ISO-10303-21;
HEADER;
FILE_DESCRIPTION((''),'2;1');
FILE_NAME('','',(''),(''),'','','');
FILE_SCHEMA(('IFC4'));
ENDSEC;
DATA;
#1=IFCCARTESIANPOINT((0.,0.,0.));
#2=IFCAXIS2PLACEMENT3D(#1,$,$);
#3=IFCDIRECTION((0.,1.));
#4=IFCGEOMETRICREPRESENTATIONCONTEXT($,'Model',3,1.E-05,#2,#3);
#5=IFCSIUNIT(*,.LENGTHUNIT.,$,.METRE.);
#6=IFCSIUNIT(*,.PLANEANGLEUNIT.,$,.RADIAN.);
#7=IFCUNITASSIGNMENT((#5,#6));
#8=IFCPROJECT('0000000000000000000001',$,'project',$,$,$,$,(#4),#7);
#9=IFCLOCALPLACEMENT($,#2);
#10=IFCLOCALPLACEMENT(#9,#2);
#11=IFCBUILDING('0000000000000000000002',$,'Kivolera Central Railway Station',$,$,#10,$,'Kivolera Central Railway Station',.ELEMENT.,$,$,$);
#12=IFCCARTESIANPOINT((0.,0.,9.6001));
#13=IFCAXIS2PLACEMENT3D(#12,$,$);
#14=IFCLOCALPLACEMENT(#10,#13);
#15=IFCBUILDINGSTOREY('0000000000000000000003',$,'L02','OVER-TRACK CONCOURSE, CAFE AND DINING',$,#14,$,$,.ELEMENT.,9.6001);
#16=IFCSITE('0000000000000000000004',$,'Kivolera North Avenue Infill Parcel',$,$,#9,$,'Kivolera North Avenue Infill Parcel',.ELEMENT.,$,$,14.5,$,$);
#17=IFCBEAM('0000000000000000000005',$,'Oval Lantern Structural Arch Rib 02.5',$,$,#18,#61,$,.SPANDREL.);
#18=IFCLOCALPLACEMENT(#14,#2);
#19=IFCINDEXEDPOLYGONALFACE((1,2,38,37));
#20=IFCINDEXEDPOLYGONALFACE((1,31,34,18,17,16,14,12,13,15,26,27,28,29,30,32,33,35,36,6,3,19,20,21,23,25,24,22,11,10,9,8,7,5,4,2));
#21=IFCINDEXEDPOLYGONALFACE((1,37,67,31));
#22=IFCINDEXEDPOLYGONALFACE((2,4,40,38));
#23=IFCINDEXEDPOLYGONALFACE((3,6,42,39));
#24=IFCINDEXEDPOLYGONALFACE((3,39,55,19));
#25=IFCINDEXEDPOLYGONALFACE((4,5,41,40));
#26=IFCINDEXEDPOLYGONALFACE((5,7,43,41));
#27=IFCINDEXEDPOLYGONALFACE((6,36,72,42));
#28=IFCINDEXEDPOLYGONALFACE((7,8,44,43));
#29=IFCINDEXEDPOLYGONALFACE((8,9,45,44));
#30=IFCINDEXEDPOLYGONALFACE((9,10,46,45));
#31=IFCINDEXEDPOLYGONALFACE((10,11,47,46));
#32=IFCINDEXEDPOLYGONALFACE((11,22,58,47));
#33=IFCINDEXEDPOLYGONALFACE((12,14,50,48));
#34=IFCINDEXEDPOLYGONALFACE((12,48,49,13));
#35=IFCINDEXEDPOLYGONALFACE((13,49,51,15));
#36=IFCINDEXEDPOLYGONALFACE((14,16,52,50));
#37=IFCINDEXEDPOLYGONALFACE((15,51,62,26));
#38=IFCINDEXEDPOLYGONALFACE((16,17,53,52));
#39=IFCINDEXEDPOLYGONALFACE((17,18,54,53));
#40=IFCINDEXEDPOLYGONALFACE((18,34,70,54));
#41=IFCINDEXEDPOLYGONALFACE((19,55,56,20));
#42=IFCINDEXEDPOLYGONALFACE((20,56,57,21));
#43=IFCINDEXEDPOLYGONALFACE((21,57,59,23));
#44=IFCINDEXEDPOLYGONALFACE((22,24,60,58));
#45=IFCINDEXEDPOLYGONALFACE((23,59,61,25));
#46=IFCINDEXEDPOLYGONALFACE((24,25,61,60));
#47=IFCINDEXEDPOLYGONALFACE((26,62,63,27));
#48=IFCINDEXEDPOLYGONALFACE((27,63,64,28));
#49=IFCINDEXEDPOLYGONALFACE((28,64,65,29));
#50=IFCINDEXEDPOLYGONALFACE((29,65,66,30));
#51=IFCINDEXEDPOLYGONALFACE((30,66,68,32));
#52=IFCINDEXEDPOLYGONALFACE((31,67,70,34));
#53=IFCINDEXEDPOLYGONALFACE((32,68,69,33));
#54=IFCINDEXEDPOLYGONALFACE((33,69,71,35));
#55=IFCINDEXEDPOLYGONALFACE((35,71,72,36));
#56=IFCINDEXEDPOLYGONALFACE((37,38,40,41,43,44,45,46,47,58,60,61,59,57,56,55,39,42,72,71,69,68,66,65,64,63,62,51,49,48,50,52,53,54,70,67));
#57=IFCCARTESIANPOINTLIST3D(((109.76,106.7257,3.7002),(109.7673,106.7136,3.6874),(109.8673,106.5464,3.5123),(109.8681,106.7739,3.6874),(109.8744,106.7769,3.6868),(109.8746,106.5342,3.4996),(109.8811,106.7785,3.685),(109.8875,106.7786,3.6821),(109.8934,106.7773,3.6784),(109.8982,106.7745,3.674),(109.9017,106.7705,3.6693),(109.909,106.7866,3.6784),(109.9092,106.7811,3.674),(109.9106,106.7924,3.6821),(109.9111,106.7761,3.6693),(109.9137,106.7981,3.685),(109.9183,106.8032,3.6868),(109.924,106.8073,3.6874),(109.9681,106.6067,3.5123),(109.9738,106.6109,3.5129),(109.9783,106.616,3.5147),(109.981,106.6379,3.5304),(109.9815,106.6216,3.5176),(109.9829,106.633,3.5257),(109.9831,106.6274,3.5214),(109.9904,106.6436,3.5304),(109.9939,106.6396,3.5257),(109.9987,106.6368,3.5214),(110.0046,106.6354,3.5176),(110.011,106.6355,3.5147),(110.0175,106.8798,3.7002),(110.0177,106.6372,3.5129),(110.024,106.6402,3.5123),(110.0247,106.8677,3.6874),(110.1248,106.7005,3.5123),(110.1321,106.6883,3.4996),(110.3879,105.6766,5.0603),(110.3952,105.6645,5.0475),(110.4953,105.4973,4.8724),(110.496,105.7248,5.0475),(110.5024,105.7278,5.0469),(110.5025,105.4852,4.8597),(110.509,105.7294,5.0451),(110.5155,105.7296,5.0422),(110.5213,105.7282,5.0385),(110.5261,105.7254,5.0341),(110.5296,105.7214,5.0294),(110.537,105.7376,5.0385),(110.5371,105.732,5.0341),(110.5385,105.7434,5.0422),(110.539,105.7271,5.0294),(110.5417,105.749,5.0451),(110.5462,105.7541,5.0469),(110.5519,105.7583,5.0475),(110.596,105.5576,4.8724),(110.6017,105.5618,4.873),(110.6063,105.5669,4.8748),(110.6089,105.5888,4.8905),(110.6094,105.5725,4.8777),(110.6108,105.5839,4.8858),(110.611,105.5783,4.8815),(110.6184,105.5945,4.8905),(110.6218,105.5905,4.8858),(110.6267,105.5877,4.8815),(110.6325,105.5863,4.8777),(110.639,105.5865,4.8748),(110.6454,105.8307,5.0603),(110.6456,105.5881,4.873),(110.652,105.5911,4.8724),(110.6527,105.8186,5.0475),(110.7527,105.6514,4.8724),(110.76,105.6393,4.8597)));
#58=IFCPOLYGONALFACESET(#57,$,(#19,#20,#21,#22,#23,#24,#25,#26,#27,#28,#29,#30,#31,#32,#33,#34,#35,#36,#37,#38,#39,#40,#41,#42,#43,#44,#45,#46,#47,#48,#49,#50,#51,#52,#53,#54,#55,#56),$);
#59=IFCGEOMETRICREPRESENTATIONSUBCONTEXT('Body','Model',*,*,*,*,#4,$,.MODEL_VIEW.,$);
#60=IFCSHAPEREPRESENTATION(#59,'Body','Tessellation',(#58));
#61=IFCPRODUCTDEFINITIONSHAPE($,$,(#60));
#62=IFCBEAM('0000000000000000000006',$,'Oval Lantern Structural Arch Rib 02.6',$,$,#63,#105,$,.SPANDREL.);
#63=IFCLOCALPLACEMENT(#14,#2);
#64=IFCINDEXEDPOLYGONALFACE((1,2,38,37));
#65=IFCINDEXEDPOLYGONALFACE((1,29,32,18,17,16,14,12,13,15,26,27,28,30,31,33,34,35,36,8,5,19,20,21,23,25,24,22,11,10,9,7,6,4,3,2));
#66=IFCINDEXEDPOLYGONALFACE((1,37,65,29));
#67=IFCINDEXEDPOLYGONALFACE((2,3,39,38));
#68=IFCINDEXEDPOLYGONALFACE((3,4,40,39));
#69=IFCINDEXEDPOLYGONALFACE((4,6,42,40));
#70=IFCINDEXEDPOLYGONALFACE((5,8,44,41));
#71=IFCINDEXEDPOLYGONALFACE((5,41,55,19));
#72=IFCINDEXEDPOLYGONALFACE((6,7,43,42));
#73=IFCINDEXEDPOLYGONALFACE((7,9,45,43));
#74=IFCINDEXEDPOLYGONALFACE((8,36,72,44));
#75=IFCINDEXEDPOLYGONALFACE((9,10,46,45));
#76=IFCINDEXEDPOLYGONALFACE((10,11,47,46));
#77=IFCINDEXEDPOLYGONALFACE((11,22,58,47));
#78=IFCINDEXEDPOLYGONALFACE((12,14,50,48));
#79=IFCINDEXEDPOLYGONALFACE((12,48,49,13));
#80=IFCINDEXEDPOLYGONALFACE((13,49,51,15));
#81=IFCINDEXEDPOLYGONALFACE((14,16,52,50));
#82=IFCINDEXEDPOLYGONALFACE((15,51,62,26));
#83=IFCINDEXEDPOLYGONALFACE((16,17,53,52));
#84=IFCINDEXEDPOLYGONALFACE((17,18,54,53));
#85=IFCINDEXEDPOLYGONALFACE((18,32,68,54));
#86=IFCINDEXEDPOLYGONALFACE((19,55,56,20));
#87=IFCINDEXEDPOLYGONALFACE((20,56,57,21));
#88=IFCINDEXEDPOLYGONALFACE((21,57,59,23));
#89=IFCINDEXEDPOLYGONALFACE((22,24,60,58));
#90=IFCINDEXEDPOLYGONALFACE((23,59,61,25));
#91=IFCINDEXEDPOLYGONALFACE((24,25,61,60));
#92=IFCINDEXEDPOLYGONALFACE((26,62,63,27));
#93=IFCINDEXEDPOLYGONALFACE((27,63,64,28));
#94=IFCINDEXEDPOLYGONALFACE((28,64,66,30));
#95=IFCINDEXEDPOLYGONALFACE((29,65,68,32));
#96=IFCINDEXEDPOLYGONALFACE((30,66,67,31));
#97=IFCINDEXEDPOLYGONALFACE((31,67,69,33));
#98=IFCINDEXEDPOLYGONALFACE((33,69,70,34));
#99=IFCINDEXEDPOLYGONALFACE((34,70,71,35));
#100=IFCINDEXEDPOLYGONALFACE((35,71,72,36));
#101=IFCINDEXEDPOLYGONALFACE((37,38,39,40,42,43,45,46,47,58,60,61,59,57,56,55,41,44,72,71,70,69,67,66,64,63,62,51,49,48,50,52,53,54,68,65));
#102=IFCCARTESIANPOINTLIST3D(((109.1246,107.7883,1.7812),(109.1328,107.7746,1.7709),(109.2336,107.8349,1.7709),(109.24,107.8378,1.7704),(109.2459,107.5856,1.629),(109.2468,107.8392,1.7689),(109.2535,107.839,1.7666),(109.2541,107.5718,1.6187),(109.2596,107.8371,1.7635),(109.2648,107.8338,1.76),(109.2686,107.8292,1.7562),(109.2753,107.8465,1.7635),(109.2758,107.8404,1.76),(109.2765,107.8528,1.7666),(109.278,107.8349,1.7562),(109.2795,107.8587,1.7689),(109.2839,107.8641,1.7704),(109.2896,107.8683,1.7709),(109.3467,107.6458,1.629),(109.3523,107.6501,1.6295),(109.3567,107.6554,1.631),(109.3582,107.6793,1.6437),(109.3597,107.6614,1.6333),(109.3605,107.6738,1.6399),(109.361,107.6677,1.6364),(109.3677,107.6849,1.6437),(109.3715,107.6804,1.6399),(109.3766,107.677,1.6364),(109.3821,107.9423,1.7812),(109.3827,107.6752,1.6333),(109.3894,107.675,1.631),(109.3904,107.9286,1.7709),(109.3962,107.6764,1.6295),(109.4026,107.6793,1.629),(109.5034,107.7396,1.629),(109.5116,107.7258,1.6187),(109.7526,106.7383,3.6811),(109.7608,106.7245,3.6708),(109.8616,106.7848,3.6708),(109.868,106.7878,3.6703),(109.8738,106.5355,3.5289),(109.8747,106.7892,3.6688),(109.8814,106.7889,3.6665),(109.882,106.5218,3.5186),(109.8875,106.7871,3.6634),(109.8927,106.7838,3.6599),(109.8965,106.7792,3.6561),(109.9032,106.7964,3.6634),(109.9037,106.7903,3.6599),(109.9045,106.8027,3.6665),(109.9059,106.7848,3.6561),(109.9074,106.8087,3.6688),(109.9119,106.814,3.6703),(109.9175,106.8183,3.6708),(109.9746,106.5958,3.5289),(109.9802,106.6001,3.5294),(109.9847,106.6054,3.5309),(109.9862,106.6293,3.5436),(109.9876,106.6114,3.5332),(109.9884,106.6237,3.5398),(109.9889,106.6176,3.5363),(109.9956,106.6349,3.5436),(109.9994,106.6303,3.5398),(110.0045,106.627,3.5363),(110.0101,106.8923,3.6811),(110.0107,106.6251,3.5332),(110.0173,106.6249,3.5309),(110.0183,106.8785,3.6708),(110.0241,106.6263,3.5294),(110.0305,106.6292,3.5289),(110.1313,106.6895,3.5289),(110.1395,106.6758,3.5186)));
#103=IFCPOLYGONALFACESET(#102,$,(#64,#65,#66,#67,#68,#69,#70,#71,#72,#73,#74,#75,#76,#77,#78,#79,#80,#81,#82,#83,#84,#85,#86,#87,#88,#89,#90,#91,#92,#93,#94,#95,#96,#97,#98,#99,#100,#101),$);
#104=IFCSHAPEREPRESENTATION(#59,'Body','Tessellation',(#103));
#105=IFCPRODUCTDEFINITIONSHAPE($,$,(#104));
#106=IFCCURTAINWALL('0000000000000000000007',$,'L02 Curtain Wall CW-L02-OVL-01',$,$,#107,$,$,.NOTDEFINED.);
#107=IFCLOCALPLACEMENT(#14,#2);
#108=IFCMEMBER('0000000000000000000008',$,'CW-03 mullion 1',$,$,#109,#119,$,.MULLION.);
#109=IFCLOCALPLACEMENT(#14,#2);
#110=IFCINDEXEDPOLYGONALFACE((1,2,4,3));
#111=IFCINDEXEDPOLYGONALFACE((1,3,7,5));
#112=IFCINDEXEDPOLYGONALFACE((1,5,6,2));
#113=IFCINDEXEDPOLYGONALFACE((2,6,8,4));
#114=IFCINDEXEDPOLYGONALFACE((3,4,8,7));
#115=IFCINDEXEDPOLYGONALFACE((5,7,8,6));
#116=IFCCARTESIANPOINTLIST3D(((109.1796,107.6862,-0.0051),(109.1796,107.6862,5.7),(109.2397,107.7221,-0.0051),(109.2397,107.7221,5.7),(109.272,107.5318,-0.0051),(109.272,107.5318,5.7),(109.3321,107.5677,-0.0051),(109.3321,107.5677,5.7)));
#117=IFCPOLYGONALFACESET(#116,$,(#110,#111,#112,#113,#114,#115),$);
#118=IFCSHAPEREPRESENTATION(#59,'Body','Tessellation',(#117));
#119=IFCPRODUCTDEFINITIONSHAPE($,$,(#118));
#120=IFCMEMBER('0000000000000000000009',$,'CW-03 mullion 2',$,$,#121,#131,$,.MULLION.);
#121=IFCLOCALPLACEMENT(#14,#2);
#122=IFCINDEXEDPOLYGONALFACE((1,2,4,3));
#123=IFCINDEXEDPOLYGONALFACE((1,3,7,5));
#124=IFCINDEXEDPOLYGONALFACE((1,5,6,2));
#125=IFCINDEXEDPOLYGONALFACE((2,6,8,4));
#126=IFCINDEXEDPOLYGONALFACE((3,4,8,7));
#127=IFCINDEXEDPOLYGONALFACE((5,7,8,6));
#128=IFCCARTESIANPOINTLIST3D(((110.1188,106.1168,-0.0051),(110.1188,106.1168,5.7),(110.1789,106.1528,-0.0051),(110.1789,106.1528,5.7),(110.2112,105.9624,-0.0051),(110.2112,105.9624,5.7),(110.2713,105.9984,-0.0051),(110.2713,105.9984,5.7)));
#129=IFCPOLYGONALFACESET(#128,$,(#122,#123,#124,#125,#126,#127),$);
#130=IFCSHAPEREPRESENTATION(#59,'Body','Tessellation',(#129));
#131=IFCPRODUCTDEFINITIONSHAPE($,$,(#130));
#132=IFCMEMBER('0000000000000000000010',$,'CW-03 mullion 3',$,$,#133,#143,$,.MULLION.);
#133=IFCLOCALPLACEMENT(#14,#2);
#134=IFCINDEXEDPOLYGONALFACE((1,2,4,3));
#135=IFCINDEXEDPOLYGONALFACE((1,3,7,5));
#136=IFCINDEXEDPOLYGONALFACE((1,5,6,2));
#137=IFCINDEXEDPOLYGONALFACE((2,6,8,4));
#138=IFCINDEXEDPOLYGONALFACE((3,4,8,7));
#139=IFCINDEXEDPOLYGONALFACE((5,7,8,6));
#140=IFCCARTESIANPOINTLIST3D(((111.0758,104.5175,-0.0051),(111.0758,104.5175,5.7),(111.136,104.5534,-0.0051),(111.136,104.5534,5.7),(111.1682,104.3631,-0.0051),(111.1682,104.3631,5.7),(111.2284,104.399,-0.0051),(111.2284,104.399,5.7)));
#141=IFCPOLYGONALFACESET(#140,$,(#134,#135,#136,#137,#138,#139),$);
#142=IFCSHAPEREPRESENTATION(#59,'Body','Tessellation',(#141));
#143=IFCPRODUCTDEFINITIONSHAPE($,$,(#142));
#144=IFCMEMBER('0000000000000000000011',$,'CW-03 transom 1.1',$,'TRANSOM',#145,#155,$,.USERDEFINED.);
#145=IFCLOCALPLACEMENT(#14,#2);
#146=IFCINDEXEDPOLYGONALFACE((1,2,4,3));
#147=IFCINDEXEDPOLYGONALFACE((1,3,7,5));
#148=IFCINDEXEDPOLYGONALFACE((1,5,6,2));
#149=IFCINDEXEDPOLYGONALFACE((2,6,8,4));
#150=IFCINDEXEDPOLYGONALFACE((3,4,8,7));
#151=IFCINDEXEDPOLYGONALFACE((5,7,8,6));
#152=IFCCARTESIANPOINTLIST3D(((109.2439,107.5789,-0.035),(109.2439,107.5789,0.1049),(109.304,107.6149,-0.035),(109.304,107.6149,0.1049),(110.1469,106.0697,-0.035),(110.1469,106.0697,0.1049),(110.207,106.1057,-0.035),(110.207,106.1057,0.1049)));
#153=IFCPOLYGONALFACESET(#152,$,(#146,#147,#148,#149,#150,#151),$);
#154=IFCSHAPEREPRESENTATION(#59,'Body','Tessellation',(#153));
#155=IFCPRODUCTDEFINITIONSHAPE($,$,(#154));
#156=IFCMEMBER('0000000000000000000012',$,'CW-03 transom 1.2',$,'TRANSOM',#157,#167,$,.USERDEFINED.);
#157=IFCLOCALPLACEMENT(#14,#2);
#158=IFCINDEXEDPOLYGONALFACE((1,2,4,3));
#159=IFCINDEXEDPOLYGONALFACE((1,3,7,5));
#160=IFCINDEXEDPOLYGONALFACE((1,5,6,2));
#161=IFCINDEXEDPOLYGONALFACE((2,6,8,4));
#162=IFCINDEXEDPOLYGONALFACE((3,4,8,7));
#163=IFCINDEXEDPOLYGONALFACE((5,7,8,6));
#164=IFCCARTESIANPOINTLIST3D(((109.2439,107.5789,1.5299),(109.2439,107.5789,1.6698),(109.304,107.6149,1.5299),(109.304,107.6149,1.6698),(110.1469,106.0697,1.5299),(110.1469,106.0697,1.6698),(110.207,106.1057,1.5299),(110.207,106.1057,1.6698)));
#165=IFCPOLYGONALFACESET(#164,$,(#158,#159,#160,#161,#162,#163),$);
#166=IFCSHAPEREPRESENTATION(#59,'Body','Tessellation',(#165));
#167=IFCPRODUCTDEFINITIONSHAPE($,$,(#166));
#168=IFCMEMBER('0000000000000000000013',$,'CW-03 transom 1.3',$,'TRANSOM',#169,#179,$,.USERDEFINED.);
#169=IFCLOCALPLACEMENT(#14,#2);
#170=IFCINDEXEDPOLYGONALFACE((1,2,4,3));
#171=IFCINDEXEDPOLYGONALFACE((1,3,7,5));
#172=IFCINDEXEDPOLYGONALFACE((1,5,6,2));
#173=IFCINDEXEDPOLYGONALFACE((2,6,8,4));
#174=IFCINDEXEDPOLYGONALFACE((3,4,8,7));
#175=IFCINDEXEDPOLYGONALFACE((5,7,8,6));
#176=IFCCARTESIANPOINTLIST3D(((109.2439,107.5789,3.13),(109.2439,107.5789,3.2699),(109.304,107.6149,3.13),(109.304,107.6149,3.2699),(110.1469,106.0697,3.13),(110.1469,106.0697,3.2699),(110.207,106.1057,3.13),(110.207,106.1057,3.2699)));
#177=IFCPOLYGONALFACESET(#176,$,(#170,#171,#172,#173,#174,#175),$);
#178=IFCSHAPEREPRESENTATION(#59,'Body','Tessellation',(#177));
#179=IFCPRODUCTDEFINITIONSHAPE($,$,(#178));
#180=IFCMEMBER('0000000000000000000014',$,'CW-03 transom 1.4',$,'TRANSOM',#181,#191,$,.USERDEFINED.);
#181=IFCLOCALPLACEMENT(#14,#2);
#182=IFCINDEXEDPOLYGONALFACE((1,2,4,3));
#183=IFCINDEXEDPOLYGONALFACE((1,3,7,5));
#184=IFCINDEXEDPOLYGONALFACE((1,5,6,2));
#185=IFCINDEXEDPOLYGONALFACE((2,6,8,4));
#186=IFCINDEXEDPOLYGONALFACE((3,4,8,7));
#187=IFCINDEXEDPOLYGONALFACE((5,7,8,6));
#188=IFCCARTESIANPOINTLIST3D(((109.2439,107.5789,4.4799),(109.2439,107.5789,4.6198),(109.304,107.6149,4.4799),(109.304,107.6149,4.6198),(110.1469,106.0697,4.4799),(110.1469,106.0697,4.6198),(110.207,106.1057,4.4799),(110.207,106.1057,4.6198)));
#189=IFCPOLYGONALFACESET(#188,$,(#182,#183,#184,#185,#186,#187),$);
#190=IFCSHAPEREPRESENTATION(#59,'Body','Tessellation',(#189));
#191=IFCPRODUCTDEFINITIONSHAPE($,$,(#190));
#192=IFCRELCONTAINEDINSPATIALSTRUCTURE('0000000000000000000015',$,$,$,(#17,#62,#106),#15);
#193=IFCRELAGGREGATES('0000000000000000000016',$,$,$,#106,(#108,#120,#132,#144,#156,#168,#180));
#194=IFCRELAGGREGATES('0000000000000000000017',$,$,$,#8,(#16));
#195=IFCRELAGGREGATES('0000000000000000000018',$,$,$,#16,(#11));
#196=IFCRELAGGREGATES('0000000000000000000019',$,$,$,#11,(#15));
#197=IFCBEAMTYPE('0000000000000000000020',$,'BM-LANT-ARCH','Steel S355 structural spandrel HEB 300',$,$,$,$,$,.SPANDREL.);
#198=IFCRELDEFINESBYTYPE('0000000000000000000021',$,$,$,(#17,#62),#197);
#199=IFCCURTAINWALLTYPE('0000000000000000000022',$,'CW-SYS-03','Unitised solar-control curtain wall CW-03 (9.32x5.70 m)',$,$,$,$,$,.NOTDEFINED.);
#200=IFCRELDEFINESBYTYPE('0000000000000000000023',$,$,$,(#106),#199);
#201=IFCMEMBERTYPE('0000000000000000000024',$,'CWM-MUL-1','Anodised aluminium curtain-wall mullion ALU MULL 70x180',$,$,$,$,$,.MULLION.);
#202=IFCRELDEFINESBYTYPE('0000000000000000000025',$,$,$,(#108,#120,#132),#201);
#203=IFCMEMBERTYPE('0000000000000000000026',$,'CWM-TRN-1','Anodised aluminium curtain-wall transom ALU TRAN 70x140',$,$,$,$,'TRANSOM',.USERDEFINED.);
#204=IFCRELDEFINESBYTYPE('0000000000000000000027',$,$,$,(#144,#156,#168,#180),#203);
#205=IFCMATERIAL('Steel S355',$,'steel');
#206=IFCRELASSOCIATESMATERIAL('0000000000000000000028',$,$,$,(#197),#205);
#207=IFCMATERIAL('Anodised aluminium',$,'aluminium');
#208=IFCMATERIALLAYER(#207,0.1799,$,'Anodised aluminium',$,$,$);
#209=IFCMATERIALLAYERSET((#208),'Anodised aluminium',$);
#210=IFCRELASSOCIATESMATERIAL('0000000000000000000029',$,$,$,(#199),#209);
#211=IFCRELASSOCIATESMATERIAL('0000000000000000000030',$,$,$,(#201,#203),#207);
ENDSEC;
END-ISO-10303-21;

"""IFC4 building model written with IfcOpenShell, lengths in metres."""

from ifc_helpers import new_model, si_unit, direction, frame, origin, origin_2d, place, context, subcontext, project, spatial, rectangle, i_section, extrude, material, layer, layer_set, material_profile, profile_set, type_object, element, aggregate, save


model = new_model("IFC4")

# Units and contexts
model_context = context("Model", 3, precision=1e-05, world=origin(), true_north=direction((0.0, 1.0)))
body_context = subcontext(model_context, "Body", "Model", "MODEL_VIEW")
ifc_project = project(units=[si_unit("LENGTHUNIT", "METRE"), si_unit("PLANEANGLEUNIT", "RADIAN")], contexts=[model_context])

# Site, building, storey
site_placement = place(None, origin())
site = spatial("IfcSite", under=ifc_project, at=site_placement, Name="Kivolera North Avenue Infill Parcel", LongName="Kivolera North Avenue Infill Parcel", CompositionType="ELEMENT", RefElevation=14.5)
building_placement = place(site_placement, origin())
building = spatial("IfcBuilding", under=site, at=building_placement, Name="Kivolera Central Railway Station", LongName="Kivolera Central Railway Station", CompositionType="ELEMENT")
storey_placement = place(building_placement, frame((0.0, 0.0, 9.6001)))
storey = spatial("IfcBuildingStorey", under=building, at=storey_placement, Name="L02", Description="OVER-TRACK CONCOURSE, CAFE AND DINING", CompositionType="ELEMENT", Elevation=9.6001)

# Beams
ifc_material_1 = material(Name="Steel S355", Category="steel")
ifc_material_profile_1 = material_profile(ifc_material_1, i_section(OverallWidth=0.3, OverallDepth=0.3, WebThickness=0.011, FlangeThickness=0.019, FilletRadius=0.0271, at=origin_2d()), Name="HEB 300")
ifc_profile_set_1 = profile_set([ifc_material_profile_1], Name="Steel S355")
beam_type = type_object("IfcBeamType", Name="BM-LANT-ARCH", Description="Steel S355 structural spandrel HEB 300", PredefinedType="SPANDREL", material=ifc_profile_set_1)
beam_1_placement = place(storey_placement, frame((110.574, 105.658, 4.96), z_axis=(-0.343344, 0.57362, -0.74369), x_axis=(-0.858039, -0.513585, 0.0)))
element("IfcBeam", 1, at=beam_1_placement, inside=storey, type_object=beam_type, Name="Oval Lantern Structural Arch Rib 02.5", PredefinedType="SPANDREL", context=body_context, shape_type="SweptSolid", body=[
    extrude(i_section(OverallWidth=0.3, OverallDepth=0.3, WebThickness=0.011, FlangeThickness=0.019, FilletRadius=0.0271, at=origin_2d()), origin(), (0.0, 0.0, 1.0), 1.8289),
])
beam_2_placement = place(storey_placement, frame((109.946, 106.707, 3.5999), z_axis=(-0.277874, 0.464672, -0.840753), x_axis=(-0.858249, -0.513233, 0.0)))
element("IfcBeam", 2, at=beam_2_placement, inside=storey, type_object=beam_type, Name="Oval Lantern Structural Arch Rib 02.6", PredefinedType="SPANDREL", context=body_context, shape_type="SweptSolid", body=[
    extrude(i_section(OverallWidth=0.3, OverallDepth=0.3, WebThickness=0.011, FlangeThickness=0.019, FilletRadius=0.0271, at=origin_2d()), origin(), (0.0, 0.0, 1.0), 2.2598),
])

# Curtain wall, members
ifc_material_2 = material(Name="Anodised aluminium", Category="aluminium")
ifc_layer_1 = layer(ifc_material_2, 0.1799, Name="Anodised aluminium")
ifc_layer_set_1 = layer_set([ifc_layer_1], Name="Anodised aluminium")
curtain_wall_type = type_object("IfcCurtainWallType", Name="CW-SYS-03", Description="Unitised solar-control curtain wall CW-03 (9.32x5.70 m)", PredefinedType="NOTDEFINED", material=ifc_layer_set_1)
curtain_wall_placement = place(storey_placement, origin())
curtain_wall = element("IfcCurtainWall", 3, at=curtain_wall_placement, inside=storey, type_object=curtain_wall_type, Name="L02 Curtain Wall CW-L02-OVL-01", PredefinedType="NOTDEFINED")
ifc_material_profile_2 = material_profile(ifc_material_2, rectangle(XDim=0.0701, YDim=0.1799, at=origin_2d()), Name="ALU MULL 70x180")
ifc_profile_set_2 = profile_set([ifc_material_profile_2], Name="Anodised aluminium")
member_type_1 = type_object("IfcMemberType", Name="CWM-MUL-1", Description="Anodised aluminium curtain-wall mullion ALU MULL 70x180", PredefinedType="MULLION", material=ifc_profile_set_2)
member_1_placement = place(storey_placement, frame((109.2559, 107.627, -0.0051), z_axis=(0.0, 0.0, 1.0), x_axis=(0.858117, 0.513454, 0.0)))
member_1 = element("IfcMember", 4, at=member_1_placement, type_object=member_type_1, Name="CW-03 mullion 1", PredefinedType="MULLION", context=body_context, shape_type="SweptSolid", body=[
    extrude(rectangle(XDim=0.0701, YDim=0.1799, at=origin_2d()), origin(), (0.0, 0.0, 1.0), 5.7051),
])
member_2_placement = place(storey_placement, frame((110.1951, 106.0576, -0.0051), z_axis=(0.0, 0.0, 1.0), x_axis=(0.858117, 0.513454, 0.0)))
member_2 = element("IfcMember", 5, at=member_2_placement, type_object=member_type_1, Name="CW-03 mullion 2", PredefinedType="MULLION", context=body_context, shape_type="SweptSolid", body=[
    extrude(rectangle(XDim=0.0701, YDim=0.1799, at=origin_2d()), origin(), (0.0, 0.0, 1.0), 5.7051),
])
member_3_placement = place(storey_placement, frame((111.1521, 104.4583, -0.0051), z_axis=(0.0, 0.0, 1.0), x_axis=(0.858117, 0.513454, 0.0)))
member_3 = element("IfcMember", 6, at=member_3_placement, type_object=member_type_1, Name="CW-03 mullion 3", PredefinedType="MULLION", context=body_context, shape_type="SweptSolid", body=[
    extrude(rectangle(XDim=0.0701, YDim=0.1799, at=origin_2d()), origin(), (0.0, 0.0, 1.0), 5.7051),
])
ifc_material_profile_3 = material_profile(ifc_material_2, rectangle(XDim=0.0701, YDim=0.1399, at=origin_2d()), Name="ALU TRAN 70x140")
ifc_profile_set_3 = profile_set([ifc_material_profile_3], Name="Anodised aluminium")
member_type_2 = type_object("IfcMemberType", Name="CWM-TRN-1", Description="Anodised aluminium curtain-wall transom ALU TRAN 70x140", ElementType="TRANSOM", PredefinedType="USERDEFINED", material=ifc_profile_set_3)
member_4_placement = place(storey_placement, frame((109.2739, 107.5969, 0.0349), z_axis=(0.513454, -0.858117, 0.0), x_axis=(0.858117, 0.513454, 0.0)))
member_4 = element("IfcMember", 7, at=member_4_placement, type_object=member_type_2, Name="CW-03 transom 1.1", ObjectType="TRANSOM", PredefinedType="USERDEFINED", context=body_context, shape_type="SweptSolid", body=[
    extrude(rectangle(XDim=0.0701, YDim=0.1399, at=origin_2d()), origin(), (0.0, 0.0, 1.0), 1.7588),
])
member_5_placement = place(storey_placement, frame((109.2739, 107.5969, 1.5999), z_axis=(0.513454, -0.858117, 0.0), x_axis=(0.858117, 0.513454, 0.0)))
member_5 = element("IfcMember", 8, at=member_5_placement, type_object=member_type_2, Name="CW-03 transom 1.2", ObjectType="TRANSOM", PredefinedType="USERDEFINED", context=body_context, shape_type="SweptSolid", body=[
    extrude(rectangle(XDim=0.0701, YDim=0.1399, at=origin_2d()), origin(), (0.0, 0.0, 1.0), 1.7588),
])
member_6_placement = place(storey_placement, frame((109.2739, 107.5969, 3.2), z_axis=(0.513454, -0.858117, 0.0), x_axis=(0.858117, 0.513454, 0.0)))
member_6 = element("IfcMember", 9, at=member_6_placement, type_object=member_type_2, Name="CW-03 transom 1.3", ObjectType="TRANSOM", PredefinedType="USERDEFINED", context=body_context, shape_type="SweptSolid", body=[
    extrude(rectangle(XDim=0.0701, YDim=0.1399, at=origin_2d()), origin(), (0.0, 0.0, 1.0), 1.7588),
])
member_7_placement = place(storey_placement, frame((109.2739, 107.5969, 4.5498), z_axis=(0.513454, -0.858117, 0.0), x_axis=(0.858117, 0.513454, 0.0)))
member_7 = element("IfcMember", 10, at=member_7_placement, type_object=member_type_2, Name="CW-03 transom 1.4", ObjectType="TRANSOM", PredefinedType="USERDEFINED", context=body_context, shape_type="SweptSolid", body=[
    extrude(rectangle(XDim=0.0701, YDim=0.1399, at=origin_2d()), origin(), (0.0, 0.0, 1.0), 1.7588),
])
aggregate(curtain_wall, [member_1, member_2, member_3, member_4, member_5, member_6, member_7])

save(model, "model.ifc")
